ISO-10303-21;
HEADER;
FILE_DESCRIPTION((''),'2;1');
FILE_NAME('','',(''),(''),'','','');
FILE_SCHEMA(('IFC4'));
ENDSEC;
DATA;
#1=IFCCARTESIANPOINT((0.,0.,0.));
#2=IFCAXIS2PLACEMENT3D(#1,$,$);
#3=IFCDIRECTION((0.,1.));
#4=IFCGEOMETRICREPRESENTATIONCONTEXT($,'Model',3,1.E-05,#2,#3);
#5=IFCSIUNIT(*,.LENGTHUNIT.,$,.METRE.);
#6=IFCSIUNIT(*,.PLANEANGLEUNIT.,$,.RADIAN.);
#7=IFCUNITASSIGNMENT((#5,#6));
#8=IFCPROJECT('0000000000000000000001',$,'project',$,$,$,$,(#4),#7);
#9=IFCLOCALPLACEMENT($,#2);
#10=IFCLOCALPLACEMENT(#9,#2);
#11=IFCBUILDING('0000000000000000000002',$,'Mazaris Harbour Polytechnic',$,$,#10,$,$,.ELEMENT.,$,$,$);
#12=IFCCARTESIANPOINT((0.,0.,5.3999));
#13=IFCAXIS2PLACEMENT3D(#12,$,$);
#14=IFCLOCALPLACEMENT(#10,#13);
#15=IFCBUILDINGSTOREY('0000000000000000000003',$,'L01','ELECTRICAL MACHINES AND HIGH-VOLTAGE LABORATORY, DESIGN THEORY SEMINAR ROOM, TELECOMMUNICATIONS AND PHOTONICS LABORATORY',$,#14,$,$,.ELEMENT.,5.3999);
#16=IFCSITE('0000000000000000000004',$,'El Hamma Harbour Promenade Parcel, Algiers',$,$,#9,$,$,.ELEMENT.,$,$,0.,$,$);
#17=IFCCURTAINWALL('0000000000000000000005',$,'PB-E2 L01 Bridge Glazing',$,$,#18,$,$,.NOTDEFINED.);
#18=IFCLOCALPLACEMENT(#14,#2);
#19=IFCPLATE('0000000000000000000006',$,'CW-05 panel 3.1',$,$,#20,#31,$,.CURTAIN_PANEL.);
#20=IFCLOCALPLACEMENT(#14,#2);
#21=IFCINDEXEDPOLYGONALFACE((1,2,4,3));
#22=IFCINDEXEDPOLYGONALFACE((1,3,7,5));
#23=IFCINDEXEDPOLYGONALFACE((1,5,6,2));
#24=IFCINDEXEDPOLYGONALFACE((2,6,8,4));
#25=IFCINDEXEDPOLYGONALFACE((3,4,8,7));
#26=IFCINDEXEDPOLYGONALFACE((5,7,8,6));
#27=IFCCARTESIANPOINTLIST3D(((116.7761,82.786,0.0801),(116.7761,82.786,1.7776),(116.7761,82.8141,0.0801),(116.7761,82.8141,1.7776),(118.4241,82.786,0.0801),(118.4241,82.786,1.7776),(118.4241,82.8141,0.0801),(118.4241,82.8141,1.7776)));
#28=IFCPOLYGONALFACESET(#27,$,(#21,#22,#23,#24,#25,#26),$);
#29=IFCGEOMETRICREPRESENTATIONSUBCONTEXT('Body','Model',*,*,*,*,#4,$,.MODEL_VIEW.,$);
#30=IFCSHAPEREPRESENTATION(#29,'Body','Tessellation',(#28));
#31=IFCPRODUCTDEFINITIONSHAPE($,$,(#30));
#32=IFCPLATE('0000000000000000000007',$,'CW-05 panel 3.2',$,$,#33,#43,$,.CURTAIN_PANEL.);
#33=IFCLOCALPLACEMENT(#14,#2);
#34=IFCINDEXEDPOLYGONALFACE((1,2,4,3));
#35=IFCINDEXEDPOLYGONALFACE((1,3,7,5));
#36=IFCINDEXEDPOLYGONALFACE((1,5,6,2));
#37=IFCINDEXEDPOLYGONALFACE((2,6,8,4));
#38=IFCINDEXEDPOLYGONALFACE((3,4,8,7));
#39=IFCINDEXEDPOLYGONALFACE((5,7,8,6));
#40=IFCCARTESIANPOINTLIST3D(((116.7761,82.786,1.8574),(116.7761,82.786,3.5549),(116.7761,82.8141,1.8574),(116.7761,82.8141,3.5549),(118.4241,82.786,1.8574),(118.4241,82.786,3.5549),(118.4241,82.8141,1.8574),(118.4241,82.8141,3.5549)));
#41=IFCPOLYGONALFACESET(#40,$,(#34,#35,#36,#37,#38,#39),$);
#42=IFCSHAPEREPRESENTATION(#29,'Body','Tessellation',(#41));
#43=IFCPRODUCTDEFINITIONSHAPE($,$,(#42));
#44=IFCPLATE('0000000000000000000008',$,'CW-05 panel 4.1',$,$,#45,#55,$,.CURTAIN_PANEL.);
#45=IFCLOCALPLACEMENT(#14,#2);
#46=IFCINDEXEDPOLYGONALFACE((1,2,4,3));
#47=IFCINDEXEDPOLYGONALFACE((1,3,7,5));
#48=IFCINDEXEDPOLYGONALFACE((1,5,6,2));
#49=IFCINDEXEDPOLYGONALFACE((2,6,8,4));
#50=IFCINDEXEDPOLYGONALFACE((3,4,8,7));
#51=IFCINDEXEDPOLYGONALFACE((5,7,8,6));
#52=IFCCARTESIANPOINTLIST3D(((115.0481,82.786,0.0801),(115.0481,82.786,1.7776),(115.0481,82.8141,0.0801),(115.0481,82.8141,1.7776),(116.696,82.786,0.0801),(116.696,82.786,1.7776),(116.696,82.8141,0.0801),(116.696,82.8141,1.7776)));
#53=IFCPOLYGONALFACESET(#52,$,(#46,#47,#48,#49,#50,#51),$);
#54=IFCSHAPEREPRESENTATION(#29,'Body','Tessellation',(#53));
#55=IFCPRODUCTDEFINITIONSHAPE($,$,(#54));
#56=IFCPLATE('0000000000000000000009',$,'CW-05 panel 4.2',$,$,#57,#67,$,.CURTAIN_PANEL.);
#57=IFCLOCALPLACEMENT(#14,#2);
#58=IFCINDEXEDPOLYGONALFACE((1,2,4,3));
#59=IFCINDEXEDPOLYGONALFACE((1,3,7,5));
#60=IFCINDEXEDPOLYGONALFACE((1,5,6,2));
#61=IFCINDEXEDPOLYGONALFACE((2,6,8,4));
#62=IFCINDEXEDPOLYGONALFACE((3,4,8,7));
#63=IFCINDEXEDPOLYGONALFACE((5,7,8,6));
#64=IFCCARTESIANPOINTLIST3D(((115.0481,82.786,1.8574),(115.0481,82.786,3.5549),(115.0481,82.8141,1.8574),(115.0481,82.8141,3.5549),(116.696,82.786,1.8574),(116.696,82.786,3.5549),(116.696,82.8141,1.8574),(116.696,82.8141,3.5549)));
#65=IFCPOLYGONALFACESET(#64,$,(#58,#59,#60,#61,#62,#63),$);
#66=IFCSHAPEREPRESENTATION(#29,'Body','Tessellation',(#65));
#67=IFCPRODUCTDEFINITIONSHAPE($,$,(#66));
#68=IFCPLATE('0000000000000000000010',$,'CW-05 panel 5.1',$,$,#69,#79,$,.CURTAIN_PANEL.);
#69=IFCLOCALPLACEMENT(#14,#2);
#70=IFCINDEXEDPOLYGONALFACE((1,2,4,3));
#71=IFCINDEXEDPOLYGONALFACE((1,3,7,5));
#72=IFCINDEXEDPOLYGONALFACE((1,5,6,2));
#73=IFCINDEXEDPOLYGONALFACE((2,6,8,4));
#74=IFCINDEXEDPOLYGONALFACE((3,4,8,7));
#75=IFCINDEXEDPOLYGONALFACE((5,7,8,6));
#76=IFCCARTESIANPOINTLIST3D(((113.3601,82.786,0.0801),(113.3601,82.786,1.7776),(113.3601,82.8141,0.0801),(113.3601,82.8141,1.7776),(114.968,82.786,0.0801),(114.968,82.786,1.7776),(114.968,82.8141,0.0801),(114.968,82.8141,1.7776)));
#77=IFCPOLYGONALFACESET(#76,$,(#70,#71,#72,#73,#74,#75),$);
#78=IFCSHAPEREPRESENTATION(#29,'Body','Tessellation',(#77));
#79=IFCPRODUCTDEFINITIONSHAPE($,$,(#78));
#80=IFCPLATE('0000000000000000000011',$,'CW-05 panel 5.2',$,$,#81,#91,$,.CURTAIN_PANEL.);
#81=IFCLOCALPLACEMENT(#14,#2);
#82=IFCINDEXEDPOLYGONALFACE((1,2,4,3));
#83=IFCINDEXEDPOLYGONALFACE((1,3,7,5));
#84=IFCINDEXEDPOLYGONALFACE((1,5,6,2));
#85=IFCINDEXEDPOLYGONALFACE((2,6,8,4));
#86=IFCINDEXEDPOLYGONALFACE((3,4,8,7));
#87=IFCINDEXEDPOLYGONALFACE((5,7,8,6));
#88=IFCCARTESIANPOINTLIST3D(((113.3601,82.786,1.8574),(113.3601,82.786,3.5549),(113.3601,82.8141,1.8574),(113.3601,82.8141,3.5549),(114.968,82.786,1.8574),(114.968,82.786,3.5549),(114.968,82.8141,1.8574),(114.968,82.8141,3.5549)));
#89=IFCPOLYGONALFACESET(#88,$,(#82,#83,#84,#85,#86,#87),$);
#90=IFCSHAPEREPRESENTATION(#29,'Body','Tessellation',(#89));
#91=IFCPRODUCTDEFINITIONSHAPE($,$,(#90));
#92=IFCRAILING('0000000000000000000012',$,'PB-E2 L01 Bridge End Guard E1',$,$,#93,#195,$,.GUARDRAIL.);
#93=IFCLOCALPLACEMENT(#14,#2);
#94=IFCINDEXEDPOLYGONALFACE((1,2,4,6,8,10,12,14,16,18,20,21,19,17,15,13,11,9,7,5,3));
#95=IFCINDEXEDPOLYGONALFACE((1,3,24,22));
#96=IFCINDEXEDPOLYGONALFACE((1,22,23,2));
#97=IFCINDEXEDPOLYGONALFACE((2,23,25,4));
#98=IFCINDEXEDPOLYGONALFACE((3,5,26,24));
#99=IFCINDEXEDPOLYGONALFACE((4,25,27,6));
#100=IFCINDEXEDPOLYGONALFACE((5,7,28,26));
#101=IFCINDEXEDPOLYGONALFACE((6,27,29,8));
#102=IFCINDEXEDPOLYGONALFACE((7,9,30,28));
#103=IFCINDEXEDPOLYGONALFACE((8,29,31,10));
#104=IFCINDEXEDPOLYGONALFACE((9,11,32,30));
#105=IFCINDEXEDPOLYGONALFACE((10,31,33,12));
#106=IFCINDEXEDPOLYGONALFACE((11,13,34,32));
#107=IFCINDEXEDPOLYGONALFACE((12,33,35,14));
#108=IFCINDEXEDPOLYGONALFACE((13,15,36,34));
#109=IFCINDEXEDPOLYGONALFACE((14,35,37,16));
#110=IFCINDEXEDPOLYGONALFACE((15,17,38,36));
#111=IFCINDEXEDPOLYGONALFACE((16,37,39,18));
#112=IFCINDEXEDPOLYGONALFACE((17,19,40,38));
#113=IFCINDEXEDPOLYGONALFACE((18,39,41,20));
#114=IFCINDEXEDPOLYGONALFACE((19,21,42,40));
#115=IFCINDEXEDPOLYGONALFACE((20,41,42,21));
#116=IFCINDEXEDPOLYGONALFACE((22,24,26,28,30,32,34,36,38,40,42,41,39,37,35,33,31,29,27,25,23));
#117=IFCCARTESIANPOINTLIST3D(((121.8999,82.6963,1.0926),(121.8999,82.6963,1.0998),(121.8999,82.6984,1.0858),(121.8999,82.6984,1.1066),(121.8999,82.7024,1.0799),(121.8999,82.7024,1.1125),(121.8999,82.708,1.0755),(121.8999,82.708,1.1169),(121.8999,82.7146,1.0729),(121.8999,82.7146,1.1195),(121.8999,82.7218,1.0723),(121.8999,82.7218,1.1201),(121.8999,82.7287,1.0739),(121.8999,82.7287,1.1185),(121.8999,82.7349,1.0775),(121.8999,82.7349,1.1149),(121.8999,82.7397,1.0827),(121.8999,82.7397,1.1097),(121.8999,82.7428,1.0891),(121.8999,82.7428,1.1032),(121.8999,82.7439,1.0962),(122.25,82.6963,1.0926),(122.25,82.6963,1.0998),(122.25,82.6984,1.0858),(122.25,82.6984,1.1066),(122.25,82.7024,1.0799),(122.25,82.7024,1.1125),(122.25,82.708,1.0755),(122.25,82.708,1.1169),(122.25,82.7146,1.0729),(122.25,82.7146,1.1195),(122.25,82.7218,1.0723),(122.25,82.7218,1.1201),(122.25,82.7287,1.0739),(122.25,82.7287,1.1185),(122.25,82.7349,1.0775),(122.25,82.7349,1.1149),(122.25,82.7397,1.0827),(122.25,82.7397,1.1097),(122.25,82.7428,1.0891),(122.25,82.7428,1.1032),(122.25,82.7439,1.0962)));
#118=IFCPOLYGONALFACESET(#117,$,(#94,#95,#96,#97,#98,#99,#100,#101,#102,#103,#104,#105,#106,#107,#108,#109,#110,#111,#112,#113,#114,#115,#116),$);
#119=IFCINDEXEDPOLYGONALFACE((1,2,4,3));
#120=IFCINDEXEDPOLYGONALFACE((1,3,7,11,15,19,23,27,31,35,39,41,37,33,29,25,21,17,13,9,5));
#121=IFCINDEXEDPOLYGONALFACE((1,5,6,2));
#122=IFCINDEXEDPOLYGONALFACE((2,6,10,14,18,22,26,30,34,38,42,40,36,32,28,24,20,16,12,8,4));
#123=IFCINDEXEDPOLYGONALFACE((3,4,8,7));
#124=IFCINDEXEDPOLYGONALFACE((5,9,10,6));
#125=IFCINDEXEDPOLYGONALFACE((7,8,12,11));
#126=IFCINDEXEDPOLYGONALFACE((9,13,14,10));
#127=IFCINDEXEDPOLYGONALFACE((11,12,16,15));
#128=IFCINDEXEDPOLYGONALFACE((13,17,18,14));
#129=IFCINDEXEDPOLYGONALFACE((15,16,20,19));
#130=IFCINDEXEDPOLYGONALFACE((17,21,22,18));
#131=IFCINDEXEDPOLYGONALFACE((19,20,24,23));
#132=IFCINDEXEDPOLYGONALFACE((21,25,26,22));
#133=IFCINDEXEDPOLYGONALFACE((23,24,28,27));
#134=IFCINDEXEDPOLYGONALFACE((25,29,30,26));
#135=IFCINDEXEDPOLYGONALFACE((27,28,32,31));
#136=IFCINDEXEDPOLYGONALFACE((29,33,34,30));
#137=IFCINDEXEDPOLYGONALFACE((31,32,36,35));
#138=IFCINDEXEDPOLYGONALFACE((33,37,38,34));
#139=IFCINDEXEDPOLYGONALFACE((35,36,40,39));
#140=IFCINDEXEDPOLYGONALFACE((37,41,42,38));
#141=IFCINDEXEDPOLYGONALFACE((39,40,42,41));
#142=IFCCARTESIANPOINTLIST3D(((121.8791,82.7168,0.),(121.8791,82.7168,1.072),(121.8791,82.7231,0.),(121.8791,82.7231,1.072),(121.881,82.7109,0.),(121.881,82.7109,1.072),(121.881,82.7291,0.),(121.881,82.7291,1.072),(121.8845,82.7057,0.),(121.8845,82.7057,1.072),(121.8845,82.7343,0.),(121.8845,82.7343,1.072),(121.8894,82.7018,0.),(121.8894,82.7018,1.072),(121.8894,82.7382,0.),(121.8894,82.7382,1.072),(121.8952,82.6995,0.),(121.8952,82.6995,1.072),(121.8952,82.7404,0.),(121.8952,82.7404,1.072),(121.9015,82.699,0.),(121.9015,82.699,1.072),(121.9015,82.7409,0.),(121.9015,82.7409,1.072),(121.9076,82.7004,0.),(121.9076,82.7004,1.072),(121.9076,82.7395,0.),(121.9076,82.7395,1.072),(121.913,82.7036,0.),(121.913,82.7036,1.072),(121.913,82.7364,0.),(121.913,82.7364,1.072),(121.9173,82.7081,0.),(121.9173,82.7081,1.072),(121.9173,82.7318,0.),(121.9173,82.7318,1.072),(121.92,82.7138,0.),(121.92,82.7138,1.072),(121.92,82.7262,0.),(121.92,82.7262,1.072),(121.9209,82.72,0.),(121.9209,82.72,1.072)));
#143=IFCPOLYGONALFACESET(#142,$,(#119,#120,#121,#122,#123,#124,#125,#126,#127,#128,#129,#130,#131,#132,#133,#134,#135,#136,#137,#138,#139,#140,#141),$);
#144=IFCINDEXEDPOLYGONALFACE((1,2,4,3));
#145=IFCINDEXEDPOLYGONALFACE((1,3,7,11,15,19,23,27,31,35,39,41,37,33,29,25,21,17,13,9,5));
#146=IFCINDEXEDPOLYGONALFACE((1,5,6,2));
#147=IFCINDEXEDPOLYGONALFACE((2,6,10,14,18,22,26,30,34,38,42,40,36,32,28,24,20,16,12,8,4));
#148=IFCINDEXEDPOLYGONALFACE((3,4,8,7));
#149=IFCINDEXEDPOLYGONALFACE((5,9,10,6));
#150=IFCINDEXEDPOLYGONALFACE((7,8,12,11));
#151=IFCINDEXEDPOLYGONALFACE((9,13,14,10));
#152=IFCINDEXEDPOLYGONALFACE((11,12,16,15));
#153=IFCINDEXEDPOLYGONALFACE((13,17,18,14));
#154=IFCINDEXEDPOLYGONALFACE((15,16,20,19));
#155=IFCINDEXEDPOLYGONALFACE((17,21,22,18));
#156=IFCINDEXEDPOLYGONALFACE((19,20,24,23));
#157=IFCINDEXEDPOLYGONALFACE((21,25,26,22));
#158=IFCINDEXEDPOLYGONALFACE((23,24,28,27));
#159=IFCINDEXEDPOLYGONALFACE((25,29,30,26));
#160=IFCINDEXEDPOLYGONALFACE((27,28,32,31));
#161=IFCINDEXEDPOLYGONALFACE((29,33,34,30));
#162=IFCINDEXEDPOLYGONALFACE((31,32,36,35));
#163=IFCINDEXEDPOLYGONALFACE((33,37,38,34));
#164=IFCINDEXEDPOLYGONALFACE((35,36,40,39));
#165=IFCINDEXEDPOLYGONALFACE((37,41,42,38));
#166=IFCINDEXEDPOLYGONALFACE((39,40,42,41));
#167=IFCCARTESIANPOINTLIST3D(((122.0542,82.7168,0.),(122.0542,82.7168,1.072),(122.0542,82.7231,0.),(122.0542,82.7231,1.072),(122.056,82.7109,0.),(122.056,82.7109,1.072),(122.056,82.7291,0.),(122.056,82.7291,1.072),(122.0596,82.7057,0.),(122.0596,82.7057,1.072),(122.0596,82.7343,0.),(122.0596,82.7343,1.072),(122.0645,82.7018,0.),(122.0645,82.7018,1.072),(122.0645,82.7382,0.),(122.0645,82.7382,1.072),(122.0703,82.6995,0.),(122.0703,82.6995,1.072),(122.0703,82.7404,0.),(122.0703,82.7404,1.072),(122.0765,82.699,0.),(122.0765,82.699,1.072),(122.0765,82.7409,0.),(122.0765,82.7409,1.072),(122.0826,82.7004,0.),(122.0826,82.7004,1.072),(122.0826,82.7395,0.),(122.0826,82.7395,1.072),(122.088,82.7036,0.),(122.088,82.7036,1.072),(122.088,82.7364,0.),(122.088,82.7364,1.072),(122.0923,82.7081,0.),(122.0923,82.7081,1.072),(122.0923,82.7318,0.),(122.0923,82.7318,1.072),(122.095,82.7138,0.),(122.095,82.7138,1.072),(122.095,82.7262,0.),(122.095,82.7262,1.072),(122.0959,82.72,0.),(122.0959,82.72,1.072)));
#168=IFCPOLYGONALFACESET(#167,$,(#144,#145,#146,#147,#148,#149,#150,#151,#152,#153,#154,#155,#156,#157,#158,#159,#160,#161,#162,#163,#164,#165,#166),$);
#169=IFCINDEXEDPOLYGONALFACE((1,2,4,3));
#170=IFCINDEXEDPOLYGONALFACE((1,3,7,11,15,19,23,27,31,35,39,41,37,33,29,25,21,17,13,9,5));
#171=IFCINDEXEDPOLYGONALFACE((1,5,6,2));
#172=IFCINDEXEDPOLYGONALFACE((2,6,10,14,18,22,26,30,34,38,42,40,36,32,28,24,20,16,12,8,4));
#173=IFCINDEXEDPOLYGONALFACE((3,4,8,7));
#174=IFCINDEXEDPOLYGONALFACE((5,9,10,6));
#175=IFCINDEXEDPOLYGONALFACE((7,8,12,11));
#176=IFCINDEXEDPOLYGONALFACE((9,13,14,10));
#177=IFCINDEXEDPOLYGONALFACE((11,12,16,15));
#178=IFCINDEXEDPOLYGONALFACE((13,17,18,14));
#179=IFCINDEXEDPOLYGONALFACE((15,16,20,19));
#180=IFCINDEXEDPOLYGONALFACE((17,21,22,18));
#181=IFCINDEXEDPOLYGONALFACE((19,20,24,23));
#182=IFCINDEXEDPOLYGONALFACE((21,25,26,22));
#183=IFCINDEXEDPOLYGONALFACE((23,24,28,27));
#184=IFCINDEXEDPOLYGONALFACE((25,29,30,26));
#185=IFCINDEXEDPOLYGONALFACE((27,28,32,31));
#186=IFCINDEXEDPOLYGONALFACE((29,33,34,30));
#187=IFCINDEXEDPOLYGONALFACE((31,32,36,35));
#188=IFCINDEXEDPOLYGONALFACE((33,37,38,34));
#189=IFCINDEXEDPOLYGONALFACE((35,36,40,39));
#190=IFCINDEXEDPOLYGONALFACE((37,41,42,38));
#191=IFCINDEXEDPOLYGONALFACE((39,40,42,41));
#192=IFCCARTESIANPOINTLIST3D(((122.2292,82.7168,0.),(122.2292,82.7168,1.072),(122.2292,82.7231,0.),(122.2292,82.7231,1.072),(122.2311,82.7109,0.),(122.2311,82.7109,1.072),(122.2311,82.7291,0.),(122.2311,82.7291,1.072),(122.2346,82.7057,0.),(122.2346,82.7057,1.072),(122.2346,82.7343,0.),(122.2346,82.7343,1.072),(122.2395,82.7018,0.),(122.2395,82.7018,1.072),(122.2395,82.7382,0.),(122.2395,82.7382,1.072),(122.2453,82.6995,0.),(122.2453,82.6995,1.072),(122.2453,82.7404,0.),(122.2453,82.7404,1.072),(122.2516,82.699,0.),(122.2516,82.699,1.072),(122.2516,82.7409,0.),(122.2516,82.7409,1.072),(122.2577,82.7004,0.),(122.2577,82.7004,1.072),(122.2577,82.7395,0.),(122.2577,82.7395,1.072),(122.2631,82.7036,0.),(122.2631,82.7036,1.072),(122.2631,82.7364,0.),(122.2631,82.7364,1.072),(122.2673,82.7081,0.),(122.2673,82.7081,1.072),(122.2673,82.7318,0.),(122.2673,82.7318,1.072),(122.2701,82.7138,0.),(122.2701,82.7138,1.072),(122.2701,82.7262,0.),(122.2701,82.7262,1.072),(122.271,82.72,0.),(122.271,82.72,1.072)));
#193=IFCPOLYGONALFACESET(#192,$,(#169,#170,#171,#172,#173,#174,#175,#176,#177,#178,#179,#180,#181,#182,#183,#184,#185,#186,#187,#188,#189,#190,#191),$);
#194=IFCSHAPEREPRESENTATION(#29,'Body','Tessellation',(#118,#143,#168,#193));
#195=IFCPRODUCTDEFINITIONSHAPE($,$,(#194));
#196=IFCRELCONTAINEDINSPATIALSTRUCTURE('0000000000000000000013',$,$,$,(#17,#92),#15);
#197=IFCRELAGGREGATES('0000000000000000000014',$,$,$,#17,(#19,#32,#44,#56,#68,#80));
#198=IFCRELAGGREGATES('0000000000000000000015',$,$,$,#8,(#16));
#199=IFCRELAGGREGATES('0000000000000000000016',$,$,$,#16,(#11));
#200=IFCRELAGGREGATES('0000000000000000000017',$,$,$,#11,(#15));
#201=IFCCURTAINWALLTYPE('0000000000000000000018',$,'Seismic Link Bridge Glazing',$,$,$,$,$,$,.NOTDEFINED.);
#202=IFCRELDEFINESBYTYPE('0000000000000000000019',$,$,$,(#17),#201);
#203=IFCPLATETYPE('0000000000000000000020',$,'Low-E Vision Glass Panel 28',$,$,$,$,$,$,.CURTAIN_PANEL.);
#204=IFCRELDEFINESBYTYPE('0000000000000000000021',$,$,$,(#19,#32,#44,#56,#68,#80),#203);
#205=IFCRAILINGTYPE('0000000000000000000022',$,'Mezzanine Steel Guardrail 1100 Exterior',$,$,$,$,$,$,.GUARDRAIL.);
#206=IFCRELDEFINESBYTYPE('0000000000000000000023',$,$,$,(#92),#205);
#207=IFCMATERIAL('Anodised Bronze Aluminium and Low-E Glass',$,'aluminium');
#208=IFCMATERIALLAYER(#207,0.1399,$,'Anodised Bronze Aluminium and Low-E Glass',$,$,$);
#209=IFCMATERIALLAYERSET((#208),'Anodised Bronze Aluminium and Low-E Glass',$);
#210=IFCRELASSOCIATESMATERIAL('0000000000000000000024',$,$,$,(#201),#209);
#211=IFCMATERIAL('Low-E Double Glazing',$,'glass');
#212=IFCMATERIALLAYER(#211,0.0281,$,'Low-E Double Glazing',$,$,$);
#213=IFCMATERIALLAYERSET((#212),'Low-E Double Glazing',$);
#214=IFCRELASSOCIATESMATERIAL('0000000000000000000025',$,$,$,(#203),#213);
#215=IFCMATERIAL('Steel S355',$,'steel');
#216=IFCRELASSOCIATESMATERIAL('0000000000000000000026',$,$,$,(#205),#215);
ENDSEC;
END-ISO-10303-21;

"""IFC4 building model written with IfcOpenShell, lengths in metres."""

from ifc_helpers import new_model, si_unit, direction, frame, origin, origin_2d, place, context, subcontext, project, spatial, rectangle, circle, extrude, material, layer, layer_set, type_object, element, aggregate, save


model = new_model("IFC4")

# Units and contexts
model_context = context("Model", 3, precision=1e-05, world=origin(), true_north=direction((0.0, 1.0)))
body_context = subcontext(model_context, "Body", "Model", "MODEL_VIEW")
ifc_project = project(units=[si_unit("LENGTHUNIT", "METRE"), si_unit("PLANEANGLEUNIT", "RADIAN")], contexts=[model_context])

# Site, building, storey
site_placement = place(None, origin())
site = spatial("IfcSite", under=ifc_project, at=site_placement, Name="El Hamma Harbour Promenade Parcel, Algiers", CompositionType="ELEMENT", RefElevation=0.0)
building_placement = place(site_placement, origin())
building = spatial("IfcBuilding", under=site, at=building_placement, Name="Mazaris Harbour Polytechnic", CompositionType="ELEMENT")
storey_placement = place(building_placement, frame((0.0, 0.0, 5.3999)))
storey = spatial("IfcBuildingStorey", under=building, at=storey_placement, Name="L01", Description="ELECTRICAL MACHINES AND HIGH-VOLTAGE LABORATORY, DESIGN THEORY SEMINAR ROOM, TELECOMMUNICATIONS AND PHOTONICS LABORATORY", CompositionType="ELEMENT", Elevation=5.3999)

# Curtain wall
ifc_material_1 = material(Name="Anodised Bronze Aluminium and Low-E Glass", Category="aluminium")
ifc_layer_1 = layer(ifc_material_1, 0.1399, Name="Anodised Bronze Aluminium and Low-E Glass")
ifc_layer_set_1 = layer_set([ifc_layer_1], Name="Anodised Bronze Aluminium and Low-E Glass")
curtain_wall_type = type_object("IfcCurtainWallType", Name="Seismic Link Bridge Glazing", PredefinedType="NOTDEFINED", material=ifc_layer_set_1)
curtain_wall_placement = place(storey_placement, origin())
curtain_wall = element("IfcCurtainWall", 1, at=curtain_wall_placement, inside=storey, type_object=curtain_wall_type, Name="PB-E2 L01 Bridge Glazing", PredefinedType="NOTDEFINED")

# Plates
ifc_material_2 = material(Name="Low-E Double Glazing", Category="glass")
ifc_layer_2 = layer(ifc_material_2, 0.0281, Name="Low-E Double Glazing")
ifc_layer_set_2 = layer_set([ifc_layer_2], Name="Low-E Double Glazing")
plate_type = type_object("IfcPlateType", Name="Low-E Vision Glass Panel 28", PredefinedType="CURTAIN_PANEL", material=ifc_layer_set_2)
plate_1_placement = place(storey_placement, frame((117.6001, 82.8, 0.0801), z_axis=(0.0, 0.0, 1.0), x_axis=(-1.0, 0.0, 0.0)))
plate_1 = element("IfcPlate", 2, at=plate_1_placement, type_object=plate_type, Name="CW-05 panel 3.1", PredefinedType="CURTAIN_PANEL", context=body_context, shape_type="SweptSolid", body=[
    extrude(rectangle(XDim=1.6479, YDim=0.0281, at=origin_2d()), origin(), (0.0, 0.0, 1.0), 1.6975),
])
plate_2_placement = place(storey_placement, frame((117.6001, 82.8, 1.8574), z_axis=(0.0, 0.0, 1.0), x_axis=(-1.0, 0.0, 0.0)))
plate_2 = element("IfcPlate", 3, at=plate_2_placement, type_object=plate_type, Name="CW-05 panel 3.2", PredefinedType="CURTAIN_PANEL", context=body_context, shape_type="SweptSolid", body=[
    extrude(rectangle(XDim=1.6479, YDim=0.0281, at=origin_2d()), origin(), (0.0, 0.0, 1.0), 1.6975),
])
plate_3_placement = place(storey_placement, frame((115.8721, 82.8, 0.0801), z_axis=(0.0, 0.0, 1.0), x_axis=(-1.0, 0.0, 0.0)))
plate_3 = element("IfcPlate", 4, at=plate_3_placement, type_object=plate_type, Name="CW-05 panel 4.1", PredefinedType="CURTAIN_PANEL", context=body_context, shape_type="SweptSolid", body=[
    extrude(rectangle(XDim=1.6479, YDim=0.0281, at=origin_2d()), origin(), (0.0, 0.0, 1.0), 1.6975),
])
plate_4_placement = place(storey_placement, frame((115.8721, 82.8, 1.8574), z_axis=(0.0, 0.0, 1.0), x_axis=(-1.0, 0.0, 0.0)))
plate_4 = element("IfcPlate", 5, at=plate_4_placement, type_object=plate_type, Name="CW-05 panel 4.2", PredefinedType="CURTAIN_PANEL", context=body_context, shape_type="SweptSolid", body=[
    extrude(rectangle(XDim=1.6479, YDim=0.0281, at=origin_2d()), origin(), (0.0, 0.0, 1.0), 1.6975),
])
plate_5_placement = place(storey_placement, frame((114.1641, 82.8, 0.0801), z_axis=(0.0, 0.0, 1.0), x_axis=(-1.0, 0.0, 0.0)))
plate_5 = element("IfcPlate", 6, at=plate_5_placement, type_object=plate_type, Name="CW-05 panel 5.1", PredefinedType="CURTAIN_PANEL", context=body_context, shape_type="SweptSolid", body=[
    extrude(rectangle(XDim=1.6079, YDim=0.0281, at=origin_2d()), origin(), (0.0, 0.0, 1.0), 1.6975),
])
plate_6_placement = place(storey_placement, frame((114.1641, 82.8, 1.8574), z_axis=(0.0, 0.0, 1.0), x_axis=(-1.0, 0.0, 0.0)))
plate_6 = element("IfcPlate", 7, at=plate_6_placement, type_object=plate_type, Name="CW-05 panel 5.2", PredefinedType="CURTAIN_PANEL", context=body_context, shape_type="SweptSolid", body=[
    extrude(rectangle(XDim=1.6079, YDim=0.0281, at=origin_2d()), origin(), (0.0, 0.0, 1.0), 1.6975),
])
aggregate(curtain_wall, [plate_1, plate_2, plate_3, plate_4, plate_5, plate_6])

# Railing
ifc_material_3 = material(Name="Steel S355", Category="steel")
railing_type = type_object("IfcRailingType", Name="Mezzanine Steel Guardrail 1100 Exterior", PredefinedType="GUARDRAIL", material=ifc_material_3)
railing_placement = place(storey_placement, frame((121.8999, 82.72, 0.0)))
element("IfcRailing", 8, at=railing_placement, inside=storey, type_object=railing_type, Name="PB-E2 L01 Bridge End Guard E1", PredefinedType="GUARDRAIL", context=body_context, shape_type="SweptSolid", body=[
    extrude(circle(Radius=0.0239, at=origin_2d()), frame((0.0, 0.0, 1.0962), z_axis=(1.0, 0.0, 0.0), x_axis=(0.0, 1.0, 0.0)), (0.0, 0.0, 1.0), 0.3501),
    extrude(circle(Radius=0.021, at=origin_2d()), origin(), (0.0, 0.0, 1.0), 1.072),
    extrude(circle(Radius=0.021, at=origin_2d()), frame((0.175, 0.0, 0.0)), (0.0, 0.0, 1.0), 1.072),
    extrude(circle(Radius=0.021, at=origin_2d()), frame((0.3501, 0.0, 0.0)), (0.0, 0.0, 1.0), 1.072),
])

save(model, "model.ifc")
